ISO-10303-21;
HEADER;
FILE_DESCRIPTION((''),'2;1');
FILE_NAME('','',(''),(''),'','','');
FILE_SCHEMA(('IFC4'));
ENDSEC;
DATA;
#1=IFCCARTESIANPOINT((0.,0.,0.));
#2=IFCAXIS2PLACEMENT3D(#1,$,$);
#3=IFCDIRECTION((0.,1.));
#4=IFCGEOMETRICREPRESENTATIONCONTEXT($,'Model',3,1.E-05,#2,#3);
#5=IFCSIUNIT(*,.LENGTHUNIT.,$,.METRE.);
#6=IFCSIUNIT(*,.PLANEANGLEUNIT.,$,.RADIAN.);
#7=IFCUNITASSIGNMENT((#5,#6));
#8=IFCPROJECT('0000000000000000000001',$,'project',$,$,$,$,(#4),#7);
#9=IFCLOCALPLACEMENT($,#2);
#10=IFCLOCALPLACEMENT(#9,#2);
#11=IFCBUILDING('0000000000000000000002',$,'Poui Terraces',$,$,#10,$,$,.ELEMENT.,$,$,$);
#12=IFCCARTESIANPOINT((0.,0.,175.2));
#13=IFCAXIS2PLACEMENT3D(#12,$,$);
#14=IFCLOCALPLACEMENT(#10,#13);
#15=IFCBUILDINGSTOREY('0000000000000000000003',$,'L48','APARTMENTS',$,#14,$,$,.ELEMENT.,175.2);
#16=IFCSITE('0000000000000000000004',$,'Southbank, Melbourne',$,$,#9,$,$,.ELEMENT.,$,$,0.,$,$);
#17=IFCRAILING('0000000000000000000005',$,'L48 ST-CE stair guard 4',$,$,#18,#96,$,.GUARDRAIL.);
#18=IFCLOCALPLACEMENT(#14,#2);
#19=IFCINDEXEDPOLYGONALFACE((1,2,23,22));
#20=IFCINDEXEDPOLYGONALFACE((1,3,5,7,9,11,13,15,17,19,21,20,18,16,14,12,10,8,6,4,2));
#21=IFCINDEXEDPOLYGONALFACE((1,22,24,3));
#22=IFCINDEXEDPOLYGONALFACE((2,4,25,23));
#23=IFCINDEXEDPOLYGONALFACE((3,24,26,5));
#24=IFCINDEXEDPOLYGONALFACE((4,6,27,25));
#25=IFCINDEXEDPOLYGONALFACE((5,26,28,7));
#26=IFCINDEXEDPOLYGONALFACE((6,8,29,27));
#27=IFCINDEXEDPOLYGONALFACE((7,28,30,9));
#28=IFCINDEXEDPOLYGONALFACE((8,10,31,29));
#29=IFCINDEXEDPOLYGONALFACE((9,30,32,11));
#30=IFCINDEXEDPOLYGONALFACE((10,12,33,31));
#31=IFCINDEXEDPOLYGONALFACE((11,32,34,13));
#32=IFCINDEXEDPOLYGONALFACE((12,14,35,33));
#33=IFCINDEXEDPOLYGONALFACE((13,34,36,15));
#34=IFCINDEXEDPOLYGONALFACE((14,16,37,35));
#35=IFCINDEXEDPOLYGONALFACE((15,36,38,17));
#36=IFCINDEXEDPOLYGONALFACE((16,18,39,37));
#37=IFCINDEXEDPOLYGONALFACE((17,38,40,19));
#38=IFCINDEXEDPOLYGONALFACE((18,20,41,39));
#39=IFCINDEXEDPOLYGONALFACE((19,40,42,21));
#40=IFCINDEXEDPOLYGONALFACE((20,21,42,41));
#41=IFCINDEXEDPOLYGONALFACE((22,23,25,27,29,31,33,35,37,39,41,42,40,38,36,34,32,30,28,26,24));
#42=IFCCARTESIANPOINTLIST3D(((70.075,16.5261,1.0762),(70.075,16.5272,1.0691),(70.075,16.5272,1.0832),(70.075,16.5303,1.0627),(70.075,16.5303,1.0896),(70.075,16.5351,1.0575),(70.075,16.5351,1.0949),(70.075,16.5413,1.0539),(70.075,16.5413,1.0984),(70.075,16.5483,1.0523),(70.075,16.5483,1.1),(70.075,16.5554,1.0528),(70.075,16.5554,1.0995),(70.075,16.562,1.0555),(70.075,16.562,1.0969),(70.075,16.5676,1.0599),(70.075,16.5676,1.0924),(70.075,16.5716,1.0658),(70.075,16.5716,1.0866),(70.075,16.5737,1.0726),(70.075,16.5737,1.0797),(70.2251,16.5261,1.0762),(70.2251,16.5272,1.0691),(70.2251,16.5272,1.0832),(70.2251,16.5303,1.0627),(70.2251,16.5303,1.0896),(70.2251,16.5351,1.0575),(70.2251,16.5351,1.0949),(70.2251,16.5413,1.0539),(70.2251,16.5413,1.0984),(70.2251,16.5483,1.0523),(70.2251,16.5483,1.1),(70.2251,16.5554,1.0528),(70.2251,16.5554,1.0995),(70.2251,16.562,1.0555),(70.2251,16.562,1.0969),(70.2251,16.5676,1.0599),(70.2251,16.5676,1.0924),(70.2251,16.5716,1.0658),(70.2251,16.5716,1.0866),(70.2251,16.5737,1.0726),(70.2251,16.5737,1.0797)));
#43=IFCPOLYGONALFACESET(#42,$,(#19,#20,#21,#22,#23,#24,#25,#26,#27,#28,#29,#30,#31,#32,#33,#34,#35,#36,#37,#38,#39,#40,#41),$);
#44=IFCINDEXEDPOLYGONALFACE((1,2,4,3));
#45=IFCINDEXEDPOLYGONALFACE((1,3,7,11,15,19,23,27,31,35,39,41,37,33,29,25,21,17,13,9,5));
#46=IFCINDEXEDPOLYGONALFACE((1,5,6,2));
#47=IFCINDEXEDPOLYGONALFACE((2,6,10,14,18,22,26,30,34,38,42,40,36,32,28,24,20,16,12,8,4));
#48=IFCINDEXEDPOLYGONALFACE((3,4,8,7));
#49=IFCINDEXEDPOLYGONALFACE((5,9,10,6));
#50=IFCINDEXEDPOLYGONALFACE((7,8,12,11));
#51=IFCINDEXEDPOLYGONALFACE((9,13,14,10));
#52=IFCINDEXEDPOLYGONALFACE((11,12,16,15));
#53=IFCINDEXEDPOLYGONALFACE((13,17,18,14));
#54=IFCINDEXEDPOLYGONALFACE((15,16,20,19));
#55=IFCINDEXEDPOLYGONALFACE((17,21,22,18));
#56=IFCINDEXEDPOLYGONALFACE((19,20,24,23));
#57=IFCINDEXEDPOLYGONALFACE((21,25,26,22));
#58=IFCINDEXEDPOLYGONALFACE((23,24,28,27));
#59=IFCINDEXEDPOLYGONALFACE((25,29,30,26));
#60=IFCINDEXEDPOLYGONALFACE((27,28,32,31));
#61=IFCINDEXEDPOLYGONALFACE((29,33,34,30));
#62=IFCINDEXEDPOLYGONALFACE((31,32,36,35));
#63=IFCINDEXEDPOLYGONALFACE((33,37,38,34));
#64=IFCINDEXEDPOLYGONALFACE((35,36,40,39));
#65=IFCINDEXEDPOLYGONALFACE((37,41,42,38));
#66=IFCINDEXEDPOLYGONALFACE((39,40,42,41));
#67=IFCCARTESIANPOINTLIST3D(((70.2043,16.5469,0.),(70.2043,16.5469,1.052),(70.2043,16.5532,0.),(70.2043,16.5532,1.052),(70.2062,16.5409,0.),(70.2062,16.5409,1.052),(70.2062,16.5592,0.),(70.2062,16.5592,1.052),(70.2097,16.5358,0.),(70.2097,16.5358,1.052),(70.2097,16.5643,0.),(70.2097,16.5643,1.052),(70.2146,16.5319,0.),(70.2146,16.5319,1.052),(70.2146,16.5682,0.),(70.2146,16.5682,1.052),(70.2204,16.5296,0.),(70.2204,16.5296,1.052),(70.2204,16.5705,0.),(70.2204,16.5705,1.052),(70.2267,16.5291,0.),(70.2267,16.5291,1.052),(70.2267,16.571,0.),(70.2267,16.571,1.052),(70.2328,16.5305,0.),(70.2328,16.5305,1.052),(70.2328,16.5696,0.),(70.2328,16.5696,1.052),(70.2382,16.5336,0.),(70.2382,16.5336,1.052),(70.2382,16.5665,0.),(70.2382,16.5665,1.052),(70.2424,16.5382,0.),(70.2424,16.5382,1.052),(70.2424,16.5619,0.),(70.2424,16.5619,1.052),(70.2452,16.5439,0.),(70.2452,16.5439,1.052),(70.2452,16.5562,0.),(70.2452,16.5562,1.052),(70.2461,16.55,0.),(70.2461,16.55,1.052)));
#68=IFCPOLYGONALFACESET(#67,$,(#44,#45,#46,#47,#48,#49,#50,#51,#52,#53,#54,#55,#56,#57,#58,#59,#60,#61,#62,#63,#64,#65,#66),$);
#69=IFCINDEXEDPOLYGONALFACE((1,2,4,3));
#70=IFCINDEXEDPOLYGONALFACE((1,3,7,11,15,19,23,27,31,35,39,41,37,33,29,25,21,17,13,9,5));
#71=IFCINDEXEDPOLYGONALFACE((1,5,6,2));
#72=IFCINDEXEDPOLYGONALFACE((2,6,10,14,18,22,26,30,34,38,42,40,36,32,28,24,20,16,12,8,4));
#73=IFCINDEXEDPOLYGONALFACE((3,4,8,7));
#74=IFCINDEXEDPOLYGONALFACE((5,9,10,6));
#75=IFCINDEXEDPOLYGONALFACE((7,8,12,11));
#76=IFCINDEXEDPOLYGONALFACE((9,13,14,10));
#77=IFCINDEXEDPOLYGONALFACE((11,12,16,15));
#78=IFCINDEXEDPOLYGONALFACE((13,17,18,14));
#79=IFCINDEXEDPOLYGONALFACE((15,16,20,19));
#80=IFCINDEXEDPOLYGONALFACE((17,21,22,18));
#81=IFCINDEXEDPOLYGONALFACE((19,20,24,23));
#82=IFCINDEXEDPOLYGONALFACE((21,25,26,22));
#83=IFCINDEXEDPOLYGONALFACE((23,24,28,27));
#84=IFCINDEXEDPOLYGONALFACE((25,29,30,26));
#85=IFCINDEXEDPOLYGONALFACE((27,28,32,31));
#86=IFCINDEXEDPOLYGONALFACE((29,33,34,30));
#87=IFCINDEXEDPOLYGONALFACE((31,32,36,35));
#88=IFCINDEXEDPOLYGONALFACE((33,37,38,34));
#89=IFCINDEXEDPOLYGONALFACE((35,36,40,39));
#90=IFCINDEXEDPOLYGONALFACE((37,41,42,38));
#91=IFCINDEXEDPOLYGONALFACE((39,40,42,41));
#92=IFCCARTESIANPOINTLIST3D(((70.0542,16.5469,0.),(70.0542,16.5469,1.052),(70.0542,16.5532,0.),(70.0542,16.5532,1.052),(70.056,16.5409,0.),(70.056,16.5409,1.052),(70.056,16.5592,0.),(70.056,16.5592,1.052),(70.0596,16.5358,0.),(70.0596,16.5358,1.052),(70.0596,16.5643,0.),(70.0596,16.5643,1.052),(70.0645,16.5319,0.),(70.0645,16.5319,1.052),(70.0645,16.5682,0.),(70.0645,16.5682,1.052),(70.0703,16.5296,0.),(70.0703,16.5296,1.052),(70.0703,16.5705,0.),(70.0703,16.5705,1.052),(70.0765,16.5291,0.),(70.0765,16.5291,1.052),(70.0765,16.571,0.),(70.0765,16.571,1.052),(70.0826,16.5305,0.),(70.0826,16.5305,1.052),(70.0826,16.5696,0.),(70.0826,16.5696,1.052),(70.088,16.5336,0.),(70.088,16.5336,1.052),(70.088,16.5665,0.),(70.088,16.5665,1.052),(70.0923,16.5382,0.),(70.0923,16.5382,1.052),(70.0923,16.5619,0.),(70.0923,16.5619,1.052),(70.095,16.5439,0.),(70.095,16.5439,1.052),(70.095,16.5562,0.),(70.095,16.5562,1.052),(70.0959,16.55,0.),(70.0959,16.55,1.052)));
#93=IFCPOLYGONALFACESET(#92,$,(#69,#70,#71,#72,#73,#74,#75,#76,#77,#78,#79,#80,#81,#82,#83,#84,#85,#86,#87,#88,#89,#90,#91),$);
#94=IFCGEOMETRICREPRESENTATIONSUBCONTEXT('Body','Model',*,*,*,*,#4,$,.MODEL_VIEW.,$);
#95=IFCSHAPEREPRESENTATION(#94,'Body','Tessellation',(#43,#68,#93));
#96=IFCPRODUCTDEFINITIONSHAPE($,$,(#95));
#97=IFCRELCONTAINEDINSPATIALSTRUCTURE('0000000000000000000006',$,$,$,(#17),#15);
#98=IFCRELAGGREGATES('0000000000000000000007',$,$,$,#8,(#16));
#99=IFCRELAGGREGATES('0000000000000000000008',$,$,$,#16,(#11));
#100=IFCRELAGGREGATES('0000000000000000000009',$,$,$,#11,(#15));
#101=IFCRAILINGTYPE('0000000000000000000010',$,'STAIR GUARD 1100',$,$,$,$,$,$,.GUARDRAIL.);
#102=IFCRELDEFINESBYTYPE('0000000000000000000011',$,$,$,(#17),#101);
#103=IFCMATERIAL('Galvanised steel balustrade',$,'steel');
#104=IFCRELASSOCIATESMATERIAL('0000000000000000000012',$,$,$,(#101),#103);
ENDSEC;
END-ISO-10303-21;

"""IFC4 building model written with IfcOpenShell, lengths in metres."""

from ifc_helpers import new_model, si_unit, direction, frame, origin, origin_2d, place, context, subcontext, project, spatial, circle, extrude, material, type_object, element, save


model = new_model("IFC4")

# Units and contexts
model_context = context("Model", 3, precision=1e-05, world=origin(), true_north=direction((0.0, 1.0)))
body_context = subcontext(model_context, "Body", "Model", "MODEL_VIEW")
ifc_project = project(units=[si_unit("LENGTHUNIT", "METRE"), si_unit("PLANEANGLEUNIT", "RADIAN")], contexts=[model_context])

# Site, building, storey
site_placement = place(None, origin())
site = spatial("IfcSite", under=ifc_project, at=site_placement, Name="Southbank, Melbourne", CompositionType="ELEMENT", RefElevation=0.0)
building_placement = place(site_placement, origin())
building = spatial("IfcBuilding", under=site, at=building_placement, Name="Poui Terraces", CompositionType="ELEMENT")
storey_placement = place(building_placement, frame((0.0, 0.0, 175.2)))
storey = spatial("IfcBuildingStorey", under=building, at=storey_placement, Name="L48", Description="APARTMENTS", CompositionType="ELEMENT", Elevation=175.2)

# Railing
ifc_material_1 = material(Name="Galvanised steel balustrade", Category="steel")
railing_type_1 = type_object("IfcRailingType", Name="STAIR GUARD 1100", PredefinedType="GUARDRAIL", material=ifc_material_1)
railing_1_placement = place(storey_placement, frame((70.2251, 16.55, 0.0)))
element("IfcRailing", 1, at=railing_1_placement, inside=storey, type_object=railing_type_1, Name="L48 ST-CE stair guard 4", PredefinedType="GUARDRAIL", context=body_context, shape_type="SweptSolid", body=[
    extrude(circle(Radius=0.0239, at=origin_2d()), frame((0.0, 0.0, 1.0762), z_axis=(-1.0, 0.0, 0.0), x_axis=(0.0, -1.0, 0.0)), (0.0, 0.0, 1.0), 0.1501),
    extrude(circle(Radius=0.021, at=origin_2d()), origin(), (0.0, 0.0, 1.0), 1.052),
    extrude(circle(Radius=0.021, at=origin_2d()), frame((-0.1501, 0.0, 0.0)), (0.0, 0.0, 1.0), 1.052),
])

save(model, "model.ifc")
